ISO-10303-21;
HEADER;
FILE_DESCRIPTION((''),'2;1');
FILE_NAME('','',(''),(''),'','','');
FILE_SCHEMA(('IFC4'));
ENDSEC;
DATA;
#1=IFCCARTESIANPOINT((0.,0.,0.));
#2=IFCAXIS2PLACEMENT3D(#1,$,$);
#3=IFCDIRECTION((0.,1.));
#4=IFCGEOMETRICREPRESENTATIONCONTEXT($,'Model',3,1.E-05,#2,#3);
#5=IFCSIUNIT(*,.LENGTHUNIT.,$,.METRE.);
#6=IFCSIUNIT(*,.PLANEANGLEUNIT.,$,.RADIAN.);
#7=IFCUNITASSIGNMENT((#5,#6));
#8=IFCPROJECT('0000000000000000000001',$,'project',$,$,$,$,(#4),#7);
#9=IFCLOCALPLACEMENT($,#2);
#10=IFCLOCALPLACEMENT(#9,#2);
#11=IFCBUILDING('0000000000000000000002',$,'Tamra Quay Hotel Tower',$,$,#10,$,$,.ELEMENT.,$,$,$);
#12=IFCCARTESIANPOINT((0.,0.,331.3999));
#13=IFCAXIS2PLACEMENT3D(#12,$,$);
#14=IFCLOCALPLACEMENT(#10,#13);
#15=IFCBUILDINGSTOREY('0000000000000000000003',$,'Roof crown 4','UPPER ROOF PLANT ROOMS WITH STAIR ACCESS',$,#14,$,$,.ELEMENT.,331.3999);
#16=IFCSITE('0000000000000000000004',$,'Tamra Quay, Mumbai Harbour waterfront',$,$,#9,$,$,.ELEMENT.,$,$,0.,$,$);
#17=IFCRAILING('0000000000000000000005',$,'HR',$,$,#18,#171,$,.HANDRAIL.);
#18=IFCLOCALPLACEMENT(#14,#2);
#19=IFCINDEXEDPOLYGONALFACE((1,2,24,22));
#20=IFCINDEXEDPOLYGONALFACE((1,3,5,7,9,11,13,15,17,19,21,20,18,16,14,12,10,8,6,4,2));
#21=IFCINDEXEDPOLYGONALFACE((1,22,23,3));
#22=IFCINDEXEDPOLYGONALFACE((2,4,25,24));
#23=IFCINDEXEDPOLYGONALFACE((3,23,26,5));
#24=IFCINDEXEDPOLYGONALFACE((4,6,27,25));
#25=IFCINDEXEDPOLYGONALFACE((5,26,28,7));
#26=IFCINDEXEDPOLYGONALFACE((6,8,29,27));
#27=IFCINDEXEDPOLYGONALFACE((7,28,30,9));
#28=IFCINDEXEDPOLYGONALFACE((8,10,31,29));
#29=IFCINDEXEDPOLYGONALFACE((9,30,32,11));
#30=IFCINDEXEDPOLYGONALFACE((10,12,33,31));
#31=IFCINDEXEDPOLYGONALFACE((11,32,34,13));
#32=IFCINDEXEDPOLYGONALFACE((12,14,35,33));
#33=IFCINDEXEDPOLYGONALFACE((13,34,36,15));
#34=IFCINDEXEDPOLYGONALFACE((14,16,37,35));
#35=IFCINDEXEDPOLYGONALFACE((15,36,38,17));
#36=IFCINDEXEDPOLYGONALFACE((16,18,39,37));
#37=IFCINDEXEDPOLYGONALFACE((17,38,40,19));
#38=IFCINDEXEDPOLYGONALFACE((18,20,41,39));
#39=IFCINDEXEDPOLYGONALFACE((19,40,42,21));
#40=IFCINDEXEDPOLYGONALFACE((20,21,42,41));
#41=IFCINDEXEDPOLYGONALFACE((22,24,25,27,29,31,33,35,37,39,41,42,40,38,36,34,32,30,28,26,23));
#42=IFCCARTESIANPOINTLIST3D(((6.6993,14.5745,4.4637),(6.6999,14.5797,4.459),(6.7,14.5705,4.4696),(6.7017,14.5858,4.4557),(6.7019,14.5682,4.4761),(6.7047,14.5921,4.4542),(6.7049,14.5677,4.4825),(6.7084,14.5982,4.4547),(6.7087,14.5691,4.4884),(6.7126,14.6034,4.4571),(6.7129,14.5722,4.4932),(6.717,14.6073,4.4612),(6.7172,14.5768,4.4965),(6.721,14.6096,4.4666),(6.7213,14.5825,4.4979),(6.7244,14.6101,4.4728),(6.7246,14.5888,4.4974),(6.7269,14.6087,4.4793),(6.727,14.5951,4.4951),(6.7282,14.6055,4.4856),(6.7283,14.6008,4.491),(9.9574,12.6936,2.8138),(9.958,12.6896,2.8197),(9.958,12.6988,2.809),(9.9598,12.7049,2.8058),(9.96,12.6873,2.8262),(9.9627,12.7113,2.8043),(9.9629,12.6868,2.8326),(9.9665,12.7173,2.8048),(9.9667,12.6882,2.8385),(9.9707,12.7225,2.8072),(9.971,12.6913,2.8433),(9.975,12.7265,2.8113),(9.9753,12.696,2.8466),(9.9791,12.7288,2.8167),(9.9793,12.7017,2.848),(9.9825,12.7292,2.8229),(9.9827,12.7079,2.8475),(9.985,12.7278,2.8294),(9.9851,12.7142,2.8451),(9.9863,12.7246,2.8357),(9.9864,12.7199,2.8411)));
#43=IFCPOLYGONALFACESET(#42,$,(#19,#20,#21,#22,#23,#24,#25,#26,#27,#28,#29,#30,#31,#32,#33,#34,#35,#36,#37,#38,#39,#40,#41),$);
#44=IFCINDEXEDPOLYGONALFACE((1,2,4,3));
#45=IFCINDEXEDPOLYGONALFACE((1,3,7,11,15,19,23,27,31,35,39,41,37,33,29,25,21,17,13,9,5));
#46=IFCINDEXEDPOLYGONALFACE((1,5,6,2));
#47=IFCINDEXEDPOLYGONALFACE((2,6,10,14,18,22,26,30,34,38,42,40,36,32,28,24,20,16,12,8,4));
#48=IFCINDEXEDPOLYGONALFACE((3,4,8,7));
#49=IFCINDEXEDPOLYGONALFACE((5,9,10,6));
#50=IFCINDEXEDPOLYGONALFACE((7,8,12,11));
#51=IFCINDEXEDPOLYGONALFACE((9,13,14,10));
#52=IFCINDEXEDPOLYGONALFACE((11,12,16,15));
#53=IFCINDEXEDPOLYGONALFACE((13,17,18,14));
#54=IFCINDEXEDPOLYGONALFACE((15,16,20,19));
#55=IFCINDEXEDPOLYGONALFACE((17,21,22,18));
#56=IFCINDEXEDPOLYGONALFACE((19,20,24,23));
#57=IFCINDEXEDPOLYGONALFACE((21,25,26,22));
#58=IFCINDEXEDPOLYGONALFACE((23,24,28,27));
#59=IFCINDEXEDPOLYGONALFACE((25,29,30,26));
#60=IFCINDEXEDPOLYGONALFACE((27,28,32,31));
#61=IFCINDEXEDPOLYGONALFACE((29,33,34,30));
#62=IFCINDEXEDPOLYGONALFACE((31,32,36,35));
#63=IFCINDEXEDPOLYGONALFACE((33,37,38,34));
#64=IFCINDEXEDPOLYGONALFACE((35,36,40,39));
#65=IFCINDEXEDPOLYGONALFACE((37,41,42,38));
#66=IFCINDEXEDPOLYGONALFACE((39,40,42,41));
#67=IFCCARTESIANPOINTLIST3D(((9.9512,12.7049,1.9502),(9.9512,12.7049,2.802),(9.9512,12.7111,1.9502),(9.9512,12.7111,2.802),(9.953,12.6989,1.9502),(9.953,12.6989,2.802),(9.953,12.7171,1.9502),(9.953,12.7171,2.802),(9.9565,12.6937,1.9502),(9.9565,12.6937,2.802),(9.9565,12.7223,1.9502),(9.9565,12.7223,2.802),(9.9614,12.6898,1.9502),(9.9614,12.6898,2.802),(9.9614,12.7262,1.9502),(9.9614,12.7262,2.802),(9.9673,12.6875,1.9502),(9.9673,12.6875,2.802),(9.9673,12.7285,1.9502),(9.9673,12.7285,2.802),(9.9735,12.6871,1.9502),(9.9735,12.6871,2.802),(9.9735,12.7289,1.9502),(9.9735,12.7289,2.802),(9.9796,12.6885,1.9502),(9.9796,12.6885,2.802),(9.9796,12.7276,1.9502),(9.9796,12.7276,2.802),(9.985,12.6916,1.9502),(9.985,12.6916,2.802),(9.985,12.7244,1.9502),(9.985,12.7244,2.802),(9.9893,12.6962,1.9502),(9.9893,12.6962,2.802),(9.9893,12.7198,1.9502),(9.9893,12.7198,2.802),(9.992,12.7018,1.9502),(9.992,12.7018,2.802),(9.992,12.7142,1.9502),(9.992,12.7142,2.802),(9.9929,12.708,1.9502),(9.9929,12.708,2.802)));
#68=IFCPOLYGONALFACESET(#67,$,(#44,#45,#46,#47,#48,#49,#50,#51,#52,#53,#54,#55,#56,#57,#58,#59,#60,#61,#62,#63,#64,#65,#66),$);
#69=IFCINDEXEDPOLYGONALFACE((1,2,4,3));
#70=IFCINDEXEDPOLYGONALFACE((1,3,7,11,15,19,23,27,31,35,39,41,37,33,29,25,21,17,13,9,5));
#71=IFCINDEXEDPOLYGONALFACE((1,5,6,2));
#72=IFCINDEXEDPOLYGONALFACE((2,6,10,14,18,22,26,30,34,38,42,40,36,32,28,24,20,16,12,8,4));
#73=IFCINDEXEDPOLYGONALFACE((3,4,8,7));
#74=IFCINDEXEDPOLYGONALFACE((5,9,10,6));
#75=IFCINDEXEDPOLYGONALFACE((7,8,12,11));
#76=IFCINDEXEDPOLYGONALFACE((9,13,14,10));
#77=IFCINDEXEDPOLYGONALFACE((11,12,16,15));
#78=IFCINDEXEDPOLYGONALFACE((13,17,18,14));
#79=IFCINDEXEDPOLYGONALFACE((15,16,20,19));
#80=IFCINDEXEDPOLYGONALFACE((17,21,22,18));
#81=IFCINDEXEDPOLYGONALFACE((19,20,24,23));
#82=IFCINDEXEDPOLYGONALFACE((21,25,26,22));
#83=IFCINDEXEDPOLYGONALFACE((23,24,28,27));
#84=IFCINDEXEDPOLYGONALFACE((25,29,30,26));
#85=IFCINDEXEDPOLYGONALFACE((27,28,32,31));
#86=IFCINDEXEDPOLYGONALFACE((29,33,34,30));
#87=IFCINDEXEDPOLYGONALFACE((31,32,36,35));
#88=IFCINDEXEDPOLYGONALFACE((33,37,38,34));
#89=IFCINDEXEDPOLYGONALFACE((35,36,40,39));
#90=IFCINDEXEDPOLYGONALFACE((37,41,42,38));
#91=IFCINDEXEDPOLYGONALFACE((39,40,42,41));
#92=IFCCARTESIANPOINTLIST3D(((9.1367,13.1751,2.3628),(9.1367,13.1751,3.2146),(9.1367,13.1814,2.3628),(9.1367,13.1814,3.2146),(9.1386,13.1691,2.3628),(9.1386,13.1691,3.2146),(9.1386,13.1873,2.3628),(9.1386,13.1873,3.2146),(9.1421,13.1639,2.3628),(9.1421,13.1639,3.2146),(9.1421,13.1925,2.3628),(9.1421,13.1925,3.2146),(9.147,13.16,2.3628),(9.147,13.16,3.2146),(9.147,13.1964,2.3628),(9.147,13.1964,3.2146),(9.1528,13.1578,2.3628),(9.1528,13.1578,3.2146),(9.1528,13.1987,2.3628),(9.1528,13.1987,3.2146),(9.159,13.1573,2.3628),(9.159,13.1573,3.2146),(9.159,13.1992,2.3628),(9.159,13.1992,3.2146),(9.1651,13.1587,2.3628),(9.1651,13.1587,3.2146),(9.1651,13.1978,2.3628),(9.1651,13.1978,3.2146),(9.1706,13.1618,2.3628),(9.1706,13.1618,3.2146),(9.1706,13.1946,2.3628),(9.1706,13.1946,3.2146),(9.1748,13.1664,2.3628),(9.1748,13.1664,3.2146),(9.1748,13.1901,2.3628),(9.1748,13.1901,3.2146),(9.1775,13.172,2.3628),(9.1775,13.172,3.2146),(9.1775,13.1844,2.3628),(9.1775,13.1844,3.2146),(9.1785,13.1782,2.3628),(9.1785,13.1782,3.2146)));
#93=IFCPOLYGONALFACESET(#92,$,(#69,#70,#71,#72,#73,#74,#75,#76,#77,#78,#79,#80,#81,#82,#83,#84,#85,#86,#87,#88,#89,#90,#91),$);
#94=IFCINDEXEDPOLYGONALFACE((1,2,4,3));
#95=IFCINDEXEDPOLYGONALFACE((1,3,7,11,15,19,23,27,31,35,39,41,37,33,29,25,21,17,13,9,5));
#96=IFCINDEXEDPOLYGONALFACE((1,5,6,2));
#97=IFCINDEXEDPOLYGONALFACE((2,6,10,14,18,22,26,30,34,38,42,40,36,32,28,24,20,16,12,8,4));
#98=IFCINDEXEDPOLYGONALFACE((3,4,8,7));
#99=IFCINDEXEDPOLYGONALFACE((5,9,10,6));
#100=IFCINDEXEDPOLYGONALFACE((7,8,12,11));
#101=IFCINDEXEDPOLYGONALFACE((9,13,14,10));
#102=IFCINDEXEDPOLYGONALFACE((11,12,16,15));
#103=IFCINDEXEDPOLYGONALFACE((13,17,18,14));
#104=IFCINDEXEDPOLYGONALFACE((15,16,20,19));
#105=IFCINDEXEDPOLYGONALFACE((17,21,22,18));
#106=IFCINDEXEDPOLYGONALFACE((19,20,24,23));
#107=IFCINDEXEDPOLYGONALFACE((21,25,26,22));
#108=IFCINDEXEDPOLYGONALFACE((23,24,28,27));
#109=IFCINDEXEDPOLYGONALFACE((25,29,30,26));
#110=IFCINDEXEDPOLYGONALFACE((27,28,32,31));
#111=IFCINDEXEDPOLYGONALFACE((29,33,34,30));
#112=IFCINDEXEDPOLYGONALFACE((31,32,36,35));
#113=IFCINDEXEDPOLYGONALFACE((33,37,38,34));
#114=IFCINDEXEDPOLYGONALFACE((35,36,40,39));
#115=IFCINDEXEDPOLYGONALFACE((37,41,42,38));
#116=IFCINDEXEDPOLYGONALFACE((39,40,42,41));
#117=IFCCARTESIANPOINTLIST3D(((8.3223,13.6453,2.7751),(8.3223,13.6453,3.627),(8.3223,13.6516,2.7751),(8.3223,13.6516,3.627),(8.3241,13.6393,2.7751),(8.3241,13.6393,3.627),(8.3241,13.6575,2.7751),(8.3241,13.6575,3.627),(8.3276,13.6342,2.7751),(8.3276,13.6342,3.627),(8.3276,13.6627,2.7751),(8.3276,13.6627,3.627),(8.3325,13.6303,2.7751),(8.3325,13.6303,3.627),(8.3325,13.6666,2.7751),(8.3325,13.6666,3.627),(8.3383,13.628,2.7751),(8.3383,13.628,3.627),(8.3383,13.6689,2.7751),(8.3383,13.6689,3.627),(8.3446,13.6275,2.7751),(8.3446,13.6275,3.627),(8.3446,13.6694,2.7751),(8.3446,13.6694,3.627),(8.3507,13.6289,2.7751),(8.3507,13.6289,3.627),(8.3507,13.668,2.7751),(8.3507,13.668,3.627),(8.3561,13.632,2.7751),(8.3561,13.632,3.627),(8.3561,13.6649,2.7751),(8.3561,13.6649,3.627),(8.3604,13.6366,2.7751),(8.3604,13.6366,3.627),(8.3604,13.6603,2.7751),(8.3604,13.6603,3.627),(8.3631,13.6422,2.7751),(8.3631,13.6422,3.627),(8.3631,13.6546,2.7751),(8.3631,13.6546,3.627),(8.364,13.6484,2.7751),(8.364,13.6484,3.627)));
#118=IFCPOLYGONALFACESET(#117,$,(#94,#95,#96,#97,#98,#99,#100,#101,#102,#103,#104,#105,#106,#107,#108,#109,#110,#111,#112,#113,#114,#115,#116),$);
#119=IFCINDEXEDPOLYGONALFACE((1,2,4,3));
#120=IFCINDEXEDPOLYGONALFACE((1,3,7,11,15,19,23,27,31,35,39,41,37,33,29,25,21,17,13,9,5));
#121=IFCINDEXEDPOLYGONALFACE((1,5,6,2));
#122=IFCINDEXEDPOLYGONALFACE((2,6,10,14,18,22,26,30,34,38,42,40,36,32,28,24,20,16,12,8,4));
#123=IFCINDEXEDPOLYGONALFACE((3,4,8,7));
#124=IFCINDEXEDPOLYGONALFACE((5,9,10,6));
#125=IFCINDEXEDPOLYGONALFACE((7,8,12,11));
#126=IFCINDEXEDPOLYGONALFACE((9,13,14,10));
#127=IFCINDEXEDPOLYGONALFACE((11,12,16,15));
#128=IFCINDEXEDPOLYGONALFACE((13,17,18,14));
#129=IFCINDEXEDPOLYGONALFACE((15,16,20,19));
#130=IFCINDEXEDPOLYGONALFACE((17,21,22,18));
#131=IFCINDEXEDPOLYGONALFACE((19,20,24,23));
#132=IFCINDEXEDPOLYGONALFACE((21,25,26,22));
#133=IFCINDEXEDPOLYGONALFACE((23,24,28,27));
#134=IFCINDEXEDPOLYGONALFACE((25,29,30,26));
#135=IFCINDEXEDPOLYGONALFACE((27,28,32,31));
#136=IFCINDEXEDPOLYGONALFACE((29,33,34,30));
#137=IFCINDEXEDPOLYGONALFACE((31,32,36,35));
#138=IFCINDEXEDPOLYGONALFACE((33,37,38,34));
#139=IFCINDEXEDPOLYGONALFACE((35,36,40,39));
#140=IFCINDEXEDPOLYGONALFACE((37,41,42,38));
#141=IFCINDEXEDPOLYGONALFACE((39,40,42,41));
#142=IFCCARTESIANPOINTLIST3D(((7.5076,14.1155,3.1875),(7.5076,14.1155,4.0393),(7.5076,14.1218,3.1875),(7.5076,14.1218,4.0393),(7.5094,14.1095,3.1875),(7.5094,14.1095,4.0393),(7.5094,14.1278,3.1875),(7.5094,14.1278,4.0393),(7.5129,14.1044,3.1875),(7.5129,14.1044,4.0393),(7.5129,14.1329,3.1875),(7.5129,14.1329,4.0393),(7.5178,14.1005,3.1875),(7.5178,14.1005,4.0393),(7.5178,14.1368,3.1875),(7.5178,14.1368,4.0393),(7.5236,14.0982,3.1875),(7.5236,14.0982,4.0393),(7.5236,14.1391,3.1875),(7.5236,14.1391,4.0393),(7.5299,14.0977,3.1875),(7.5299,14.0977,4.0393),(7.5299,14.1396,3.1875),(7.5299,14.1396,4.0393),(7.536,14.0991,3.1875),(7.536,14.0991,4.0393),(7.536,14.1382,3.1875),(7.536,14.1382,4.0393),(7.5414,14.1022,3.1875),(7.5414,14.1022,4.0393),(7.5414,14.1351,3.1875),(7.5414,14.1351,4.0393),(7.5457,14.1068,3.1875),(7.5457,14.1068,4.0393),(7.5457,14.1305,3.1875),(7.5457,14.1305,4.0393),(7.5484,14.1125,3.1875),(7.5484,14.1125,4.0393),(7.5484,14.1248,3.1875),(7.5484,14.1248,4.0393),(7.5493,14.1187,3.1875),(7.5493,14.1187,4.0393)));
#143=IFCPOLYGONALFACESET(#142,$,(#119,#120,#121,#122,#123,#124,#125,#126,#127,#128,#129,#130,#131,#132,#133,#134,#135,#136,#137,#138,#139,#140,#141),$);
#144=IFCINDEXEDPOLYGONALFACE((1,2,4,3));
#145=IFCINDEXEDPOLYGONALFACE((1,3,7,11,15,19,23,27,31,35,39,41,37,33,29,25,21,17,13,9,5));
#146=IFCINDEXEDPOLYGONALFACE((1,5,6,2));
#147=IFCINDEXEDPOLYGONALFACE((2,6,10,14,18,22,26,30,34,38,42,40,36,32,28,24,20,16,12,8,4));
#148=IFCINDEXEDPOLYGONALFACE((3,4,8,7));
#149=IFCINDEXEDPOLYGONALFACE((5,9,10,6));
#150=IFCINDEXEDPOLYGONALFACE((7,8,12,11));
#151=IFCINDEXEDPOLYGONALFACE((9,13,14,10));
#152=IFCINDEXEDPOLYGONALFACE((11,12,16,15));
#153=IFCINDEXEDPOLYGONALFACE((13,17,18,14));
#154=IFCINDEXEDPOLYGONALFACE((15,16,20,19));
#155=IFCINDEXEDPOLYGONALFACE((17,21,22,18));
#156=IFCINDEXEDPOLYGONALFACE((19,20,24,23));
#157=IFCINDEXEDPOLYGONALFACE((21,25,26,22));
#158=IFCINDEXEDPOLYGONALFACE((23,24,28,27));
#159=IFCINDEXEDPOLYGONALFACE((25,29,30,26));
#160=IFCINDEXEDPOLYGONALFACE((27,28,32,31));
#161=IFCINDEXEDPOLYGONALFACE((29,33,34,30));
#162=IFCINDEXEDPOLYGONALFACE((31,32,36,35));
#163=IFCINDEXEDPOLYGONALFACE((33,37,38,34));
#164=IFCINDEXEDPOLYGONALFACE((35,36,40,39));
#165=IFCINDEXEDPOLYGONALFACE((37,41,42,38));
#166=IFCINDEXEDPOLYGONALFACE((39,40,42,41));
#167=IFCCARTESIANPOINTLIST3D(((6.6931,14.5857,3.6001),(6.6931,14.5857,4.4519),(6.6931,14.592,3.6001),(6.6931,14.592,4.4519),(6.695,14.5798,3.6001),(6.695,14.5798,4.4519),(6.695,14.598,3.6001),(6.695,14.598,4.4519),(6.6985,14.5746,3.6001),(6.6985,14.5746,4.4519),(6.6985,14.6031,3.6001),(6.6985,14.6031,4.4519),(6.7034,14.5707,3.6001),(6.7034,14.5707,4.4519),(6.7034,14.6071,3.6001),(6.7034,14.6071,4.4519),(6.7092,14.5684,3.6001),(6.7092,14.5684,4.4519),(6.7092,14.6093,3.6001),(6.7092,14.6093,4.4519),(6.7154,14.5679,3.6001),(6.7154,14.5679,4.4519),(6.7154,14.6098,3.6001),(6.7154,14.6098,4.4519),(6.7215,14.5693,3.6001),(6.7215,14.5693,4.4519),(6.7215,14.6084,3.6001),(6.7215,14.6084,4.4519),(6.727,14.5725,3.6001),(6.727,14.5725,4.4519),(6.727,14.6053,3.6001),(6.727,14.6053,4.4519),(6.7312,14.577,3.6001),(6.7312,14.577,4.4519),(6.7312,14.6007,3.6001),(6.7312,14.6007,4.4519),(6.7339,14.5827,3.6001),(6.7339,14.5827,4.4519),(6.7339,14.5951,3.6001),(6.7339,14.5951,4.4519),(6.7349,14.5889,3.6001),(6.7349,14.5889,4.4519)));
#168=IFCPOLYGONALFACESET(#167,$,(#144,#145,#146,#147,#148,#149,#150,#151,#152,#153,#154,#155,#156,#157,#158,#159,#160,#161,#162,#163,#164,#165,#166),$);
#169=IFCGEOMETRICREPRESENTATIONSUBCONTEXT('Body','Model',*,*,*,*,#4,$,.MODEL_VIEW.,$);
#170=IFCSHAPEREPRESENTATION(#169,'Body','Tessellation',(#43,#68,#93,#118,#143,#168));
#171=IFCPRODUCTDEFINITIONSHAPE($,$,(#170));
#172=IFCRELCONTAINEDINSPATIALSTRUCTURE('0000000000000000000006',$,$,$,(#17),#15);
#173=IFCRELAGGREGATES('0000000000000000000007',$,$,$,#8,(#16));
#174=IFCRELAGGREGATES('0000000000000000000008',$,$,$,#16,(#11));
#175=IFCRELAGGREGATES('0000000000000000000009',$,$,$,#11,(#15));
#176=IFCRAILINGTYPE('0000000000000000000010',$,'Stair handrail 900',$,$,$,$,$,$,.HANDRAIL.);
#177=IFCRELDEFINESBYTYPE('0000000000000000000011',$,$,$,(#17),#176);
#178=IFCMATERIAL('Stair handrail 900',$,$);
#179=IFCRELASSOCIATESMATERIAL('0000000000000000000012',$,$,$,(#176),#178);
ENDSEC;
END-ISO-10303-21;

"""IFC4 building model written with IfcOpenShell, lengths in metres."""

from ifc_helpers import new_model, si_unit, direction, frame, origin, origin_2d, place, context, subcontext, project, spatial, circle, extrude, material, type_object, element, save


model = new_model("IFC4")

# Units and contexts
model_context = context("Model", 3, precision=1e-05, world=origin(), true_north=direction((0.0, 1.0)))
body_context = subcontext(model_context, "Body", "Model", "MODEL_VIEW")
ifc_project = project(units=[si_unit("LENGTHUNIT", "METRE"), si_unit("PLANEANGLEUNIT", "RADIAN")], contexts=[model_context])

# Site, building, storey
site_placement = place(None, origin())
site = spatial("IfcSite", under=ifc_project, at=site_placement, Name="Tamra Quay, Mumbai Harbour waterfront", CompositionType="ELEMENT", RefElevation=0.0)
building_placement = place(site_placement, origin())
building = spatial("IfcBuilding", under=site, at=building_placement, Name="Tamra Quay Hotel Tower", CompositionType="ELEMENT")
storey_placement = place(building_placement, frame((0.0, 0.0, 331.3999)))
storey = spatial("IfcBuildingStorey", under=building, at=storey_placement, Name="Roof crown 4", Description="UPPER ROOF PLANT ROOMS WITH STAIR ACCESS", CompositionType="ELEMENT", Elevation=331.3999)

# Railing
ifc_material_1 = material(Name="Stair handrail 900")
railing_type_1 = type_object("IfcRailingType", Name="Stair handrail 900", PredefinedType="HANDRAIL", material=ifc_material_1)
railing_1_placement = place(storey_placement, frame((9.9719, 12.708, 1.9502)))
element("IfcRailing", 1, at=railing_1_placement, inside=storey, type_object=railing_type_1, Name="HR", PredefinedType="HANDRAIL", context=body_context, shape_type="SweptSolid", body=[
    extrude(circle(Radius=0.0239, at=origin_2d()), frame((0.0, 0.0, 0.876), z_axis=(-0.793122, 0.457865, 0.401642), x_axis=(-0.499964, -0.866046, 0.0)), (0.0, 0.0, 1.0), 4.1079),
    extrude(circle(Radius=0.021, at=origin_2d()), origin(), (0.0, 0.0, 1.0), 0.8518),
    extrude(circle(Radius=0.021, at=origin_2d()), frame((-0.8145, 0.4702, 0.4126)), (0.0, 0.0, 1.0), 0.8518),
    extrude(circle(Radius=0.021, at=origin_2d()), frame((-1.6289, 0.9404, 0.825)), (0.0, 0.0, 1.0), 0.8518),
    extrude(circle(Radius=0.021, at=origin_2d()), frame((-2.4436, 1.4106, 1.2373)), (0.0, 0.0, 1.0), 0.8518),
    extrude(circle(Radius=0.021, at=origin_2d()), frame((-3.2581, 1.8809, 1.6499)), (0.0, 0.0, 1.0), 0.8518),
])

save(model, "model.ifc")
